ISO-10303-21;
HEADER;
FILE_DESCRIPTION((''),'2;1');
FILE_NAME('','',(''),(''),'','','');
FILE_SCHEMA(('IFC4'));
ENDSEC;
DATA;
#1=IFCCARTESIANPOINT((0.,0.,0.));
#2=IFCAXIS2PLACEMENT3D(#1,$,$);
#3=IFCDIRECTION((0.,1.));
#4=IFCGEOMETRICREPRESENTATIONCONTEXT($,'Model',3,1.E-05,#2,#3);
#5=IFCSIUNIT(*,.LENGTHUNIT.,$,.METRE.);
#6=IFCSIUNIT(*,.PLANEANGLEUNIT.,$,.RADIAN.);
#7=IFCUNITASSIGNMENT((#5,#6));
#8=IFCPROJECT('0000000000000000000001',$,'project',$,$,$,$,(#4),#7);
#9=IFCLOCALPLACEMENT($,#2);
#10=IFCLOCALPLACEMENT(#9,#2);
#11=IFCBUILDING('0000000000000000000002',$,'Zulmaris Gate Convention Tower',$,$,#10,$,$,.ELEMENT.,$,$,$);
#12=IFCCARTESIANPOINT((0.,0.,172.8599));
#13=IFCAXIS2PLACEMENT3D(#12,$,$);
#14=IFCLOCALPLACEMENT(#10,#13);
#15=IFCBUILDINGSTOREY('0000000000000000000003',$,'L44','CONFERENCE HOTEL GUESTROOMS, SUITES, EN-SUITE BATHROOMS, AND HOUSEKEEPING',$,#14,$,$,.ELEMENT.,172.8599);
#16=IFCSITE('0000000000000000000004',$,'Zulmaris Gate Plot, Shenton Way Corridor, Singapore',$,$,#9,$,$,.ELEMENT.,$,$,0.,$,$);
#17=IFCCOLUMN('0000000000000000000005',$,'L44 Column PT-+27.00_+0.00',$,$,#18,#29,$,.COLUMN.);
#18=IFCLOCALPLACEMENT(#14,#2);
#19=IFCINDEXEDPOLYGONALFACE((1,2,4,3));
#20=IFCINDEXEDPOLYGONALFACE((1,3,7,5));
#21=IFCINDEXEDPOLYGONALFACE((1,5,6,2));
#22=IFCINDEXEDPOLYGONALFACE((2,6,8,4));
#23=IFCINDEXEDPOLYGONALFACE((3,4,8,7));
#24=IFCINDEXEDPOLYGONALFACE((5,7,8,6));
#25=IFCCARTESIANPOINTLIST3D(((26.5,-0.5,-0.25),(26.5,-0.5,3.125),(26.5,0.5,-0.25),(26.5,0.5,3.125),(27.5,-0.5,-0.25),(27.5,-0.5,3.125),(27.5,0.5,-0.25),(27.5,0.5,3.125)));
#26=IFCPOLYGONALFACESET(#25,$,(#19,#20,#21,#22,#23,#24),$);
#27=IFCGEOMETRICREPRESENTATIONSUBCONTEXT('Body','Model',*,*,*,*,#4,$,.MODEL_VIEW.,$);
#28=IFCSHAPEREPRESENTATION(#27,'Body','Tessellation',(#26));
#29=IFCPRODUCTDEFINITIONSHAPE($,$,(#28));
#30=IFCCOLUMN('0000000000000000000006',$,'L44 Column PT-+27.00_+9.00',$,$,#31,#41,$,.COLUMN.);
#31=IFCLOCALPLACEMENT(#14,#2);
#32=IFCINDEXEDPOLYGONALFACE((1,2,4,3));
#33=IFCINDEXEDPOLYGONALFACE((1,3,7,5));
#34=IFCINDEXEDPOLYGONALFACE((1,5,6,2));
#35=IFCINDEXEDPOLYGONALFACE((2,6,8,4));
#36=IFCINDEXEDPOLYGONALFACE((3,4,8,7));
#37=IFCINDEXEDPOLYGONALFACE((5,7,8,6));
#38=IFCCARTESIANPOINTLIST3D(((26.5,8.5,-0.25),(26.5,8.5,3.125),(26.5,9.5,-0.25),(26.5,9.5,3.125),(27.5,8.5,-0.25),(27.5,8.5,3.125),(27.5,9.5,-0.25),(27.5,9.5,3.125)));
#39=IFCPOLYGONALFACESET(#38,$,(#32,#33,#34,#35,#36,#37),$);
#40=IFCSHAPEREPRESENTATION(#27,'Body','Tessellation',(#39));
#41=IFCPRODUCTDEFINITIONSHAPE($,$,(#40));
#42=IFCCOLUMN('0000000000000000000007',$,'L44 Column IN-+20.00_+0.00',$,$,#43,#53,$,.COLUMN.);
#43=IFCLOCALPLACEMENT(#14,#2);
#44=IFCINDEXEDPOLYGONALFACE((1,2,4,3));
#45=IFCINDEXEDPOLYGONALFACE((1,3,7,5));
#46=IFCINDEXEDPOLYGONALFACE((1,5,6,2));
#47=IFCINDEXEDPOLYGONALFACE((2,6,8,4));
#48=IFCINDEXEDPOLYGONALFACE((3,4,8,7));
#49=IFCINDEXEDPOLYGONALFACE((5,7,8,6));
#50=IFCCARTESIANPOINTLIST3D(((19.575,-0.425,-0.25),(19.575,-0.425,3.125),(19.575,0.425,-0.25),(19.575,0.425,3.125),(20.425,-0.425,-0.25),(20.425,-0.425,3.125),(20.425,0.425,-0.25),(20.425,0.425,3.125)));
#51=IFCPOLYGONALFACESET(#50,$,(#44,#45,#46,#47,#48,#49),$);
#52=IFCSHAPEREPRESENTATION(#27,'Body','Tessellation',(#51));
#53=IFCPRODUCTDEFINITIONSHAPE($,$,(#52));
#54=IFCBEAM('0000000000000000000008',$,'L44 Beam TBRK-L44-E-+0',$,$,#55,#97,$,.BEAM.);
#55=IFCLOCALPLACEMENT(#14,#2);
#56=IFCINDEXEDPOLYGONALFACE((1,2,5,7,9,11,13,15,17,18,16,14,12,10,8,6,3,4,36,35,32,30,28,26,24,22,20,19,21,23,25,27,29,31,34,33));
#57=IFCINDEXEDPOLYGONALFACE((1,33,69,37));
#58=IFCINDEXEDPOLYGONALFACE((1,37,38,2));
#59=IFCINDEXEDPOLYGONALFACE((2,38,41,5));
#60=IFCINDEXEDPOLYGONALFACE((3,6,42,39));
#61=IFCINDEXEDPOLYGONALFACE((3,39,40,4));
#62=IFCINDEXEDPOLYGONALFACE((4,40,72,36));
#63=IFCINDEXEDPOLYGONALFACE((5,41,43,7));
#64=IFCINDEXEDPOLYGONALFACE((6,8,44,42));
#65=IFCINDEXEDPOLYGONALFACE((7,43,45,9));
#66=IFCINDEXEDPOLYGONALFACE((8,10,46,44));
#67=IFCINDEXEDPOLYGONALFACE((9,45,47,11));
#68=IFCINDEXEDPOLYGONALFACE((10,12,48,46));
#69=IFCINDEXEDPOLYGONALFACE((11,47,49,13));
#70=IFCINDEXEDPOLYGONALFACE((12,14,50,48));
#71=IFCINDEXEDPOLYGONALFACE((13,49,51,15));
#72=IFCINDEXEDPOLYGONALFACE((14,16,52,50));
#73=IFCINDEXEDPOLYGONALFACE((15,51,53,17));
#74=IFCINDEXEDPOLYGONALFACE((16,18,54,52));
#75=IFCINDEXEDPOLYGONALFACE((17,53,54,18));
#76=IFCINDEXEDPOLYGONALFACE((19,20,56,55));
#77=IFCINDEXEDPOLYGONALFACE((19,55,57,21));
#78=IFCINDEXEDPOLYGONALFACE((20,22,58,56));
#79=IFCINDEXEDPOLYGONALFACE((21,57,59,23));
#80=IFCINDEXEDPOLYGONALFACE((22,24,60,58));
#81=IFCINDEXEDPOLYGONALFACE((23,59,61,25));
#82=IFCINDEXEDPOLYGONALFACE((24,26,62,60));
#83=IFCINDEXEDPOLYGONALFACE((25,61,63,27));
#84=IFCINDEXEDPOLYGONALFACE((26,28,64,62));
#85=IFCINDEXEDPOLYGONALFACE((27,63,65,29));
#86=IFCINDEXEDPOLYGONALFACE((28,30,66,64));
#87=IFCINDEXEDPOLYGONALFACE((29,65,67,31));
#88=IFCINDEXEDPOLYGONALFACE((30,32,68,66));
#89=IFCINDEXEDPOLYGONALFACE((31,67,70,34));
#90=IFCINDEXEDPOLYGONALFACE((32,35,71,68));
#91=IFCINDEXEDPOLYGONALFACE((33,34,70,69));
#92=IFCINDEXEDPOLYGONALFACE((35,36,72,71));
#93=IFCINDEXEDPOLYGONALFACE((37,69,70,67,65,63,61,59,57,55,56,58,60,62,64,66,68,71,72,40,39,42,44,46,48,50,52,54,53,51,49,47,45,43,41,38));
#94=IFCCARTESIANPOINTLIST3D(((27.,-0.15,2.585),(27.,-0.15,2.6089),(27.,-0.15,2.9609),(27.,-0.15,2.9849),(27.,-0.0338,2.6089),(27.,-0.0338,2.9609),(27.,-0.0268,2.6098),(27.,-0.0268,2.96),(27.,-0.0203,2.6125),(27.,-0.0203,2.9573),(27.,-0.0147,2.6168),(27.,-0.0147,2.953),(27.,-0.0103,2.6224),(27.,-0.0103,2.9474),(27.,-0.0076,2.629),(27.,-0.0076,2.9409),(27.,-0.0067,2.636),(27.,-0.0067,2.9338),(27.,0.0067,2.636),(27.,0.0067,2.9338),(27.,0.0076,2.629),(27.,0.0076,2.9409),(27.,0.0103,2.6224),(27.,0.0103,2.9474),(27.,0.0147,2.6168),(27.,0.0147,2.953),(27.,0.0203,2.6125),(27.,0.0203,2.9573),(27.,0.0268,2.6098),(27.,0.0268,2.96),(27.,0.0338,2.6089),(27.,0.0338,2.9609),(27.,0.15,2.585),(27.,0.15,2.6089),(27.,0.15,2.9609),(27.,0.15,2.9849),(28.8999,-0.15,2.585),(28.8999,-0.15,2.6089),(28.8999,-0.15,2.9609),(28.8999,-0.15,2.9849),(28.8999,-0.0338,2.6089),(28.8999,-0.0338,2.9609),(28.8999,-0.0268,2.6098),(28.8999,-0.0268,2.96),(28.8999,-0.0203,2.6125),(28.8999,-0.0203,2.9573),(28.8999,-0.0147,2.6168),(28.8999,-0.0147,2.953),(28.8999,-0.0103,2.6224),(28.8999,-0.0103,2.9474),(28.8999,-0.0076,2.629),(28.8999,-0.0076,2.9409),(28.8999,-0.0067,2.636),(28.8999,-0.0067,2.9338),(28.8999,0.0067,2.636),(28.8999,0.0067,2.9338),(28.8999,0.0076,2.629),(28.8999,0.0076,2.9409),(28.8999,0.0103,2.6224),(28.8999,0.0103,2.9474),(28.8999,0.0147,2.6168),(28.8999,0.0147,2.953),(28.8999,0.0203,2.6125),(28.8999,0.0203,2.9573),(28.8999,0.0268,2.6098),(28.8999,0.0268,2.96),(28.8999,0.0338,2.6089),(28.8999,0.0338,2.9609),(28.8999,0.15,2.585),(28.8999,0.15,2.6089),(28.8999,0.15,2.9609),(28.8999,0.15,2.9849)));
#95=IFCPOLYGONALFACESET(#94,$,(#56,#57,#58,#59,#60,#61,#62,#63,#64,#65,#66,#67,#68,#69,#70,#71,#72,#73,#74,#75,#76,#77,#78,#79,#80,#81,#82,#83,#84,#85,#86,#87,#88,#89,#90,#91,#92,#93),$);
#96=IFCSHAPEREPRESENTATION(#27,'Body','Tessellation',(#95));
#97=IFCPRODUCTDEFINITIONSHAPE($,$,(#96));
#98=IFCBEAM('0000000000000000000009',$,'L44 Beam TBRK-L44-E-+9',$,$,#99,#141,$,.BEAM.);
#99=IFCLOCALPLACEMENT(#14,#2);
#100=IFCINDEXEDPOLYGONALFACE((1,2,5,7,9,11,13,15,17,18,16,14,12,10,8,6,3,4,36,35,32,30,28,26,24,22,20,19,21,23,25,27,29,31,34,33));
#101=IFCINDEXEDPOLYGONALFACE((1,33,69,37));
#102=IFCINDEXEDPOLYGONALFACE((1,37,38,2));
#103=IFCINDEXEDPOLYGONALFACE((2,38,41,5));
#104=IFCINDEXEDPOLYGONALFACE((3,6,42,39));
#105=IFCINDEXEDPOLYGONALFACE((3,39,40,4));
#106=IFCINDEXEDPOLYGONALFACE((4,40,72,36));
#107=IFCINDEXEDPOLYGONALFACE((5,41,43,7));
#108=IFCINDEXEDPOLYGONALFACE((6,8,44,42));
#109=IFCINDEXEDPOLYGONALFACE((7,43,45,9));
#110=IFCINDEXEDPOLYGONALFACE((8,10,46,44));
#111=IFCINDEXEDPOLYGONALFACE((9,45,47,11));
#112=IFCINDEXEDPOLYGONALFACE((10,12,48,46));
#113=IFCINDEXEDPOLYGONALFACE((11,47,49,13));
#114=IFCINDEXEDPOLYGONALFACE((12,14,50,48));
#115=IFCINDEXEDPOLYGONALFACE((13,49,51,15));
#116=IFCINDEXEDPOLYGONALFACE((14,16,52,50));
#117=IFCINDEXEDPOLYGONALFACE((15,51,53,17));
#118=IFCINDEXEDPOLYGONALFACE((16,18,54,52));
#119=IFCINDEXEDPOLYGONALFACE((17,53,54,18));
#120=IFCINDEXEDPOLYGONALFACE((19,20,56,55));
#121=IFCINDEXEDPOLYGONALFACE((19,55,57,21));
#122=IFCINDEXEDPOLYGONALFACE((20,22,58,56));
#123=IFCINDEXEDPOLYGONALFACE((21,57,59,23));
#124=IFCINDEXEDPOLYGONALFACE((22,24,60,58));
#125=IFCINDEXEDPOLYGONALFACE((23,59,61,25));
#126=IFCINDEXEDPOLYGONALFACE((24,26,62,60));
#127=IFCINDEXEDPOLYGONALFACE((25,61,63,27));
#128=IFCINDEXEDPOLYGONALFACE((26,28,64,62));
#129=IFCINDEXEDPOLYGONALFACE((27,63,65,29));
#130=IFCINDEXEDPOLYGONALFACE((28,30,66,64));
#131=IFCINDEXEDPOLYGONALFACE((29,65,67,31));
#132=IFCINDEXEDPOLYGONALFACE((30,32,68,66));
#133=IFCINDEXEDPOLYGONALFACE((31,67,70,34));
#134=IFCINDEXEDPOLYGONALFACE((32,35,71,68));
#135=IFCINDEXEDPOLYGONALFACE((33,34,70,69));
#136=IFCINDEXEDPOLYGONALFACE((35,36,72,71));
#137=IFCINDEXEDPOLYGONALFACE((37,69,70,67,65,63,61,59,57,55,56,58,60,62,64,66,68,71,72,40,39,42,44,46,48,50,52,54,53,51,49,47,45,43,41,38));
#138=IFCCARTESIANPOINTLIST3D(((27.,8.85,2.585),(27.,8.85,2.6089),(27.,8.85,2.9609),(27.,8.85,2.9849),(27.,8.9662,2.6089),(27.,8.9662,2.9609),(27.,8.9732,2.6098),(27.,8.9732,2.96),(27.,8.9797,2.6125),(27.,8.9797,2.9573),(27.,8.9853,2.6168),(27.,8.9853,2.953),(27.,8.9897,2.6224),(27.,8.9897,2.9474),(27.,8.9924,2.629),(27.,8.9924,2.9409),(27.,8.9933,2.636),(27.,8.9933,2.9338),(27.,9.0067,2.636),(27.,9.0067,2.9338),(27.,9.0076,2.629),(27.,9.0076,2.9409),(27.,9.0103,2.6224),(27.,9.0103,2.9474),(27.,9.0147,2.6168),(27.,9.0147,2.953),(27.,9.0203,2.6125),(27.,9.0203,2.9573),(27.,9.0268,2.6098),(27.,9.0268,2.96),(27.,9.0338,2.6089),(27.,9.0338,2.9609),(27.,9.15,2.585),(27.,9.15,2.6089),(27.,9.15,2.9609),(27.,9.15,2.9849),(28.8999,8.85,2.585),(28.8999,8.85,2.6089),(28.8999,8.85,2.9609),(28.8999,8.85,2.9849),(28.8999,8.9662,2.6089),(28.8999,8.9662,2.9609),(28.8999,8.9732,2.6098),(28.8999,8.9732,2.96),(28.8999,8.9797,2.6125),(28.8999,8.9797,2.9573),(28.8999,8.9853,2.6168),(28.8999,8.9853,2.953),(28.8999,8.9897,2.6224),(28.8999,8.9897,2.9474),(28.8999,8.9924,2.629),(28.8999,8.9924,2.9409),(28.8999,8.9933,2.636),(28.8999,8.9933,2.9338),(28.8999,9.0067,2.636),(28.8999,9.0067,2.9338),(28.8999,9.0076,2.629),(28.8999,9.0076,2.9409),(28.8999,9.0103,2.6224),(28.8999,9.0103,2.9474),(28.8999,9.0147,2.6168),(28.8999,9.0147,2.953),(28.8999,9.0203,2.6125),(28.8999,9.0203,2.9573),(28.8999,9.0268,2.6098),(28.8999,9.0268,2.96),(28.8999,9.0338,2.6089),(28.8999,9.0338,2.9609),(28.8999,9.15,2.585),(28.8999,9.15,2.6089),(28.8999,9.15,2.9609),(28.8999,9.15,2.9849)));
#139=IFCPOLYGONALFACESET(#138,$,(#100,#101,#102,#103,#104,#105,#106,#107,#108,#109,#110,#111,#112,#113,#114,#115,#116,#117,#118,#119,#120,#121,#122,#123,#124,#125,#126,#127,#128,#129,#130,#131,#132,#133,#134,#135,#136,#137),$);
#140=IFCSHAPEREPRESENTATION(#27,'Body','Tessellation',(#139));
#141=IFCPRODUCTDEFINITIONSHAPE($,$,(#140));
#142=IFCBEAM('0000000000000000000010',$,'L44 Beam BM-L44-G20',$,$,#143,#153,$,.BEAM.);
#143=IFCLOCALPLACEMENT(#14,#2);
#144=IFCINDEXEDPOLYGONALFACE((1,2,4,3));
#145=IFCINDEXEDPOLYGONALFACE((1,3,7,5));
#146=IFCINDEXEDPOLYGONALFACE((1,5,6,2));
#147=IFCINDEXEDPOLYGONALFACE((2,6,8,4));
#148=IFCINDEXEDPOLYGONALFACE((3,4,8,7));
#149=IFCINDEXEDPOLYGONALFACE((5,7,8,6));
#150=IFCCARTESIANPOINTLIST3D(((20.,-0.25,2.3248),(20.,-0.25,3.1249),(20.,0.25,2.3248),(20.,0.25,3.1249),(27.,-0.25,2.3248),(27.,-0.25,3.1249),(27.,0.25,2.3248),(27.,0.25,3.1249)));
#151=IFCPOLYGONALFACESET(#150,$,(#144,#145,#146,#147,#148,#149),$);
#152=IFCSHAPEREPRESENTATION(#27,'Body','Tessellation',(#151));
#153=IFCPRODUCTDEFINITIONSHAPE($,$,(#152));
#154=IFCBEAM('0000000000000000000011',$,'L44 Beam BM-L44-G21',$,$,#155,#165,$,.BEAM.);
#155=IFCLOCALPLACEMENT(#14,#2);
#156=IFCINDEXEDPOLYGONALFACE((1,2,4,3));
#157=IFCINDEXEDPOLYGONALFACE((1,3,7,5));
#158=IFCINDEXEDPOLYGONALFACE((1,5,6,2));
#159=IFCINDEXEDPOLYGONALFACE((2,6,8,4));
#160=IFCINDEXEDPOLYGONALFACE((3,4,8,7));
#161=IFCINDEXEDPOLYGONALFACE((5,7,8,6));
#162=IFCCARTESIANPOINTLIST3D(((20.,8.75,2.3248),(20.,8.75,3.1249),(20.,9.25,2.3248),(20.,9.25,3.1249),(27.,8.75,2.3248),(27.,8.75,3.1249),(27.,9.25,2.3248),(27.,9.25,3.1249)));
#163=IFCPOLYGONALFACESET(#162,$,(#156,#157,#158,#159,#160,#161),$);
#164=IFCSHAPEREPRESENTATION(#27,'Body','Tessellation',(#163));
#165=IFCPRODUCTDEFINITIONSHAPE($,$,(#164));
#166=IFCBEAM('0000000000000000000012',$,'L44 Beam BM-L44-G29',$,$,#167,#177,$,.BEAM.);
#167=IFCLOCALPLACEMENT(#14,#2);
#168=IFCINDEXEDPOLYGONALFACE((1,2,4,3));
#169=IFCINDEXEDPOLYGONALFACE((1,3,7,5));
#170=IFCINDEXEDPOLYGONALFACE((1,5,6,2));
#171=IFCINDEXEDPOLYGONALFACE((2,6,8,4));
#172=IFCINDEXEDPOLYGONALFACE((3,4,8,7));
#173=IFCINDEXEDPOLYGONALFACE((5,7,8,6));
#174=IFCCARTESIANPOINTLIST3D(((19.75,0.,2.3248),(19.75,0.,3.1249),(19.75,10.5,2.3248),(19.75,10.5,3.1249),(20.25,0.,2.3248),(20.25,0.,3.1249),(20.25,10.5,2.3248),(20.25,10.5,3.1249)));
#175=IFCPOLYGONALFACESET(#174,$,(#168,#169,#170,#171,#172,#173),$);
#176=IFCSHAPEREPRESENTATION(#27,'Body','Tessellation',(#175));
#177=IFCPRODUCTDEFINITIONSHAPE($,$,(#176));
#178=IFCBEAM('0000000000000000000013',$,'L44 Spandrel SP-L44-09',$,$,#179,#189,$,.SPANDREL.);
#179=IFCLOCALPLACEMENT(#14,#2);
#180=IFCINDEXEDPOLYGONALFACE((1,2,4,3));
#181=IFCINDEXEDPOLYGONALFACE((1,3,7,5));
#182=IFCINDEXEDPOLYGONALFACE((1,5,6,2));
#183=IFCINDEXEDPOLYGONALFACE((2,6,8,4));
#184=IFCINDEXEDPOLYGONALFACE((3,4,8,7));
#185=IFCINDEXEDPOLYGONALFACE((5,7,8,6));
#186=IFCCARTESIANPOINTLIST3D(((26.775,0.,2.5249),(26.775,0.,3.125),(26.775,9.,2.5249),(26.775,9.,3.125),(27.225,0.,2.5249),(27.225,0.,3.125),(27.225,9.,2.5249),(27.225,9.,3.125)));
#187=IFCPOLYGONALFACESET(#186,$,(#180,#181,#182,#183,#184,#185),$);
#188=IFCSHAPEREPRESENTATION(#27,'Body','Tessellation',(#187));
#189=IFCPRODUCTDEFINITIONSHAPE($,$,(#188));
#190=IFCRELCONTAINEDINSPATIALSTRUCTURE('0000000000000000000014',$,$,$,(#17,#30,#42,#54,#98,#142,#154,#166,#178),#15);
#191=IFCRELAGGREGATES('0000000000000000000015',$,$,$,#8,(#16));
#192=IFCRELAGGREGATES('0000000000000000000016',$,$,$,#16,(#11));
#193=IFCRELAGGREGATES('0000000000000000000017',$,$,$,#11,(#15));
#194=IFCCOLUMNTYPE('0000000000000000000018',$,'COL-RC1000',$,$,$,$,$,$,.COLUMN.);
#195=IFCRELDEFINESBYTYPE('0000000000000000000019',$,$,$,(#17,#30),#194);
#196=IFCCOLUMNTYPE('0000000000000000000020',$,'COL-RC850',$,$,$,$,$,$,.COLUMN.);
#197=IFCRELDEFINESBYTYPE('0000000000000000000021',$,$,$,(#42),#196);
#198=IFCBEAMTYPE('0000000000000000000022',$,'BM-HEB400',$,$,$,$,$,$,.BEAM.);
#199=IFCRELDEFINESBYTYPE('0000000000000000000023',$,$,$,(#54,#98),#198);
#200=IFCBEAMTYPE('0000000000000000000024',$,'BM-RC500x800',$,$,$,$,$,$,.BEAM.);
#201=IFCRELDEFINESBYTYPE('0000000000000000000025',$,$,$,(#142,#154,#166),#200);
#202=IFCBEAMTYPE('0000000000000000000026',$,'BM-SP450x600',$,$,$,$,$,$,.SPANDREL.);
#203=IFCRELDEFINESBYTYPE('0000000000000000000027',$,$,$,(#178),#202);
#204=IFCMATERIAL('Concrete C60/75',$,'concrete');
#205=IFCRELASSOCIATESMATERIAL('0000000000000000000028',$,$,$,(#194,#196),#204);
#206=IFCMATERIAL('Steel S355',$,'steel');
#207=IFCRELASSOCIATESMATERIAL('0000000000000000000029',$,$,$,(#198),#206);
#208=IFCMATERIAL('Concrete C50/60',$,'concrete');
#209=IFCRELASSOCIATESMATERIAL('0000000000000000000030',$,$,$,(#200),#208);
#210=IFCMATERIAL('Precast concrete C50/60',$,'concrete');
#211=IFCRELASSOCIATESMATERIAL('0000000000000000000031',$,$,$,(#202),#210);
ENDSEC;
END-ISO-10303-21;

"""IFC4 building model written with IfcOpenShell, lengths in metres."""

from ifc_helpers import new_model, si_unit, direction, frame, origin, origin_2d, place, context, subcontext, project, spatial, rectangle, i_section, extrude, material, material_profile, profile_set, type_object, element, save


model = new_model("IFC4")

# Units and contexts
model_context = context("Model", 3, precision=1e-05, world=origin(), true_north=direction((0.0, 1.0)))
body_context = subcontext(model_context, "Body", "Model", "MODEL_VIEW")
ifc_project = project(units=[si_unit("LENGTHUNIT", "METRE"), si_unit("PLANEANGLEUNIT", "RADIAN")], contexts=[model_context])

# Site, building, storey
site_placement = place(None, origin())
site = spatial("IfcSite", under=ifc_project, at=site_placement, Name="Zulmaris Gate Plot, Shenton Way Corridor, Singapore", CompositionType="ELEMENT", RefElevation=0.0)
building_placement = place(site_placement, origin())
building = spatial("IfcBuilding", under=site, at=building_placement, Name="Zulmaris Gate Convention Tower", CompositionType="ELEMENT")
storey_placement = place(building_placement, frame((0.0, 0.0, 172.8599)))
storey = spatial("IfcBuildingStorey", under=building, at=storey_placement, Name="L44", Description="CONFERENCE HOTEL GUESTROOMS, SUITES, EN-SUITE BATHROOMS, AND HOUSEKEEPING", CompositionType="ELEMENT", Elevation=172.8599)

# Columns
ifc_material_1 = material(Name="Concrete C60/75", Category="concrete")
ifc_material_profile_1 = material_profile(ifc_material_1, rectangle(XDim=1.0, YDim=1.0, at=origin_2d()), Name="RC COL 1000x1000")
ifc_profile_set_1 = profile_set([ifc_material_profile_1], Name="Concrete C60/75")
column_type_1 = type_object("IfcColumnType", Name="COL-RC1000", PredefinedType="COLUMN", material=ifc_profile_set_1)
for number, where, z_axis, x_axis, name in (
    (1, (27.0, 0.0, -0.25), (0.0, 0.0, 1.0), (1.0, 0.0, 0.0), "L44 Column PT-+27.00_+0.00"),
    (2, (27.0, 9.0, -0.25), (0.0, 0.0, 1.0), (1.0, 0.0, 0.0), "L44 Column PT-+27.00_+9.00"),
):
    element("IfcColumn", number, at=place(storey_placement, frame(where, z_axis=z_axis, x_axis=x_axis)), inside=storey, type_object=column_type_1, Name=name, PredefinedType="COLUMN", context=body_context, shape_type="SweptSolid", body=[
        extrude(rectangle(XDim=1.0, YDim=1.0, at=origin_2d()), origin(), (0.0, 0.0, 1.0), 3.375),
    ])
ifc_material_profile_2 = material_profile(ifc_material_1, rectangle(XDim=0.8501, YDim=0.8501, at=origin_2d()), Name="RC COL 850x850")
ifc_profile_set_2 = profile_set([ifc_material_profile_2], Name="Concrete C60/75")
column_type_2 = type_object("IfcColumnType", Name="COL-RC850", PredefinedType="COLUMN", material=ifc_profile_set_2)
column_placement = place(storey_placement, frame((20.0, 0.0, -0.25), z_axis=(0.0, 0.0, 1.0), x_axis=(1.0, 0.0, 0.0)))
element("IfcColumn", 3, at=column_placement, inside=storey, type_object=column_type_2, Name="L44 Column IN-+20.00_+0.00", PredefinedType="COLUMN", context=body_context, shape_type="SweptSolid", body=[
    extrude(rectangle(XDim=0.8501, YDim=0.8501, at=origin_2d()), origin(), (0.0, 0.0, 1.0), 3.375),
])

# Beams
ifc_material_2 = material(Name="Steel S355", Category="steel")
ifc_material_profile_3 = material_profile(ifc_material_2, i_section(OverallWidth=0.3, OverallDepth=0.3999, WebThickness=0.0134, FlangeThickness=0.0239, FilletRadius=0.0271, at=origin_2d()), Name="HEB 400")
ifc_profile_set_3 = profile_set([ifc_material_profile_3], Name="Steel S355")
beam_type_1 = type_object("IfcBeamType", Name="BM-HEB400", PredefinedType="BEAM", material=ifc_profile_set_3)
for number, where, z_axis, x_axis, name in (
    (4, (27.0, 0.0, 2.7849), (1.0, 0.0, 0.0), (0.0, 1.0, 0.0), "L44 Beam TBRK-L44-E-+0"),
    (5, (27.0, 9.0, 2.7849), (1.0, 0.0, 0.0), (0.0, 1.0, 0.0), "L44 Beam TBRK-L44-E-+9"),
):
    element("IfcBeam", number, at=place(storey_placement, frame(where, z_axis=z_axis, x_axis=x_axis)), inside=storey, type_object=beam_type_1, Name=name, PredefinedType="BEAM", context=body_context, shape_type="SweptSolid", body=[
        extrude(i_section(OverallWidth=0.3, OverallDepth=0.3999, WebThickness=0.0134, FlangeThickness=0.0239, FilletRadius=0.0271, at=origin_2d()), origin(), (0.0, 0.0, 1.0), 1.8999),
    ])
ifc_material_3 = material(Name="Concrete C50/60", Category="concrete")
ifc_material_profile_4 = material_profile(ifc_material_3, rectangle(XDim=0.5, YDim=0.8, at=origin_2d()), Name="RC BEAM 500x800")
ifc_profile_set_4 = profile_set([ifc_material_profile_4], Name="Concrete C50/60")
beam_type_2 = type_object("IfcBeamType", Name="BM-RC500x800", PredefinedType="BEAM", material=ifc_profile_set_4)
for number, where, z_axis, x_axis, name in (
    (6, (20.0, 0.0, 2.7249), (1.0, 0.0, 0.0), (0.0, 1.0, 0.0), "L44 Beam BM-L44-G20"),
    (7, (20.0, 9.0, 2.7249), (1.0, 0.0, 0.0), (0.0, 1.0, 0.0), "L44 Beam BM-L44-G21"),
):
    element("IfcBeam", number, at=place(storey_placement, frame(where, z_axis=z_axis, x_axis=x_axis)), inside=storey, type_object=beam_type_2, Name=name, PredefinedType="BEAM", context=body_context, shape_type="SweptSolid", body=[
        extrude(rectangle(XDim=0.5, YDim=0.8, at=origin_2d()), origin(), (0.0, 0.0, 1.0), 7.0),
    ])
beam_1_placement = place(storey_placement, frame((20.0, 0.0, 2.7249), z_axis=(0.0, 1.0, 0.0), x_axis=(-1.0, 0.0, 0.0)))
element("IfcBeam", 8, at=beam_1_placement, inside=storey, type_object=beam_type_2, Name="L44 Beam BM-L44-G29", PredefinedType="BEAM", context=body_context, shape_type="SweptSolid", body=[
    extrude(rectangle(XDim=0.5, YDim=0.8, at=origin_2d()), origin(), (0.0, 0.0, 1.0), 10.5),
])
ifc_material_4 = material(Name="Precast concrete C50/60", Category="concrete")
ifc_material_profile_5 = material_profile(ifc_material_4, rectangle(XDim=0.45, YDim=0.6001, at=origin_2d()), Name="RC SPANDREL 450x600")
ifc_profile_set_5 = profile_set([ifc_material_profile_5], Name="Precast concrete C50/60")
beam_type_3 = type_object("IfcBeamType", Name="BM-SP450x600", PredefinedType="SPANDREL", material=ifc_profile_set_5)
beam_2_placement = place(storey_placement, frame((27.0, 0.0, 2.825), z_axis=(0.0, 1.0, 0.0), x_axis=(-1.0, 0.0, 0.0)))
element("IfcBeam", 9, at=beam_2_placement, inside=storey, type_object=beam_type_3, Name="L44 Spandrel SP-L44-09", PredefinedType="SPANDREL", context=body_context, shape_type="SweptSolid", body=[
    extrude(rectangle(XDim=0.45, YDim=0.6001, at=origin_2d()), origin(), (0.0, 0.0, 1.0), 9.0),
])

save(model, "model.ifc")
